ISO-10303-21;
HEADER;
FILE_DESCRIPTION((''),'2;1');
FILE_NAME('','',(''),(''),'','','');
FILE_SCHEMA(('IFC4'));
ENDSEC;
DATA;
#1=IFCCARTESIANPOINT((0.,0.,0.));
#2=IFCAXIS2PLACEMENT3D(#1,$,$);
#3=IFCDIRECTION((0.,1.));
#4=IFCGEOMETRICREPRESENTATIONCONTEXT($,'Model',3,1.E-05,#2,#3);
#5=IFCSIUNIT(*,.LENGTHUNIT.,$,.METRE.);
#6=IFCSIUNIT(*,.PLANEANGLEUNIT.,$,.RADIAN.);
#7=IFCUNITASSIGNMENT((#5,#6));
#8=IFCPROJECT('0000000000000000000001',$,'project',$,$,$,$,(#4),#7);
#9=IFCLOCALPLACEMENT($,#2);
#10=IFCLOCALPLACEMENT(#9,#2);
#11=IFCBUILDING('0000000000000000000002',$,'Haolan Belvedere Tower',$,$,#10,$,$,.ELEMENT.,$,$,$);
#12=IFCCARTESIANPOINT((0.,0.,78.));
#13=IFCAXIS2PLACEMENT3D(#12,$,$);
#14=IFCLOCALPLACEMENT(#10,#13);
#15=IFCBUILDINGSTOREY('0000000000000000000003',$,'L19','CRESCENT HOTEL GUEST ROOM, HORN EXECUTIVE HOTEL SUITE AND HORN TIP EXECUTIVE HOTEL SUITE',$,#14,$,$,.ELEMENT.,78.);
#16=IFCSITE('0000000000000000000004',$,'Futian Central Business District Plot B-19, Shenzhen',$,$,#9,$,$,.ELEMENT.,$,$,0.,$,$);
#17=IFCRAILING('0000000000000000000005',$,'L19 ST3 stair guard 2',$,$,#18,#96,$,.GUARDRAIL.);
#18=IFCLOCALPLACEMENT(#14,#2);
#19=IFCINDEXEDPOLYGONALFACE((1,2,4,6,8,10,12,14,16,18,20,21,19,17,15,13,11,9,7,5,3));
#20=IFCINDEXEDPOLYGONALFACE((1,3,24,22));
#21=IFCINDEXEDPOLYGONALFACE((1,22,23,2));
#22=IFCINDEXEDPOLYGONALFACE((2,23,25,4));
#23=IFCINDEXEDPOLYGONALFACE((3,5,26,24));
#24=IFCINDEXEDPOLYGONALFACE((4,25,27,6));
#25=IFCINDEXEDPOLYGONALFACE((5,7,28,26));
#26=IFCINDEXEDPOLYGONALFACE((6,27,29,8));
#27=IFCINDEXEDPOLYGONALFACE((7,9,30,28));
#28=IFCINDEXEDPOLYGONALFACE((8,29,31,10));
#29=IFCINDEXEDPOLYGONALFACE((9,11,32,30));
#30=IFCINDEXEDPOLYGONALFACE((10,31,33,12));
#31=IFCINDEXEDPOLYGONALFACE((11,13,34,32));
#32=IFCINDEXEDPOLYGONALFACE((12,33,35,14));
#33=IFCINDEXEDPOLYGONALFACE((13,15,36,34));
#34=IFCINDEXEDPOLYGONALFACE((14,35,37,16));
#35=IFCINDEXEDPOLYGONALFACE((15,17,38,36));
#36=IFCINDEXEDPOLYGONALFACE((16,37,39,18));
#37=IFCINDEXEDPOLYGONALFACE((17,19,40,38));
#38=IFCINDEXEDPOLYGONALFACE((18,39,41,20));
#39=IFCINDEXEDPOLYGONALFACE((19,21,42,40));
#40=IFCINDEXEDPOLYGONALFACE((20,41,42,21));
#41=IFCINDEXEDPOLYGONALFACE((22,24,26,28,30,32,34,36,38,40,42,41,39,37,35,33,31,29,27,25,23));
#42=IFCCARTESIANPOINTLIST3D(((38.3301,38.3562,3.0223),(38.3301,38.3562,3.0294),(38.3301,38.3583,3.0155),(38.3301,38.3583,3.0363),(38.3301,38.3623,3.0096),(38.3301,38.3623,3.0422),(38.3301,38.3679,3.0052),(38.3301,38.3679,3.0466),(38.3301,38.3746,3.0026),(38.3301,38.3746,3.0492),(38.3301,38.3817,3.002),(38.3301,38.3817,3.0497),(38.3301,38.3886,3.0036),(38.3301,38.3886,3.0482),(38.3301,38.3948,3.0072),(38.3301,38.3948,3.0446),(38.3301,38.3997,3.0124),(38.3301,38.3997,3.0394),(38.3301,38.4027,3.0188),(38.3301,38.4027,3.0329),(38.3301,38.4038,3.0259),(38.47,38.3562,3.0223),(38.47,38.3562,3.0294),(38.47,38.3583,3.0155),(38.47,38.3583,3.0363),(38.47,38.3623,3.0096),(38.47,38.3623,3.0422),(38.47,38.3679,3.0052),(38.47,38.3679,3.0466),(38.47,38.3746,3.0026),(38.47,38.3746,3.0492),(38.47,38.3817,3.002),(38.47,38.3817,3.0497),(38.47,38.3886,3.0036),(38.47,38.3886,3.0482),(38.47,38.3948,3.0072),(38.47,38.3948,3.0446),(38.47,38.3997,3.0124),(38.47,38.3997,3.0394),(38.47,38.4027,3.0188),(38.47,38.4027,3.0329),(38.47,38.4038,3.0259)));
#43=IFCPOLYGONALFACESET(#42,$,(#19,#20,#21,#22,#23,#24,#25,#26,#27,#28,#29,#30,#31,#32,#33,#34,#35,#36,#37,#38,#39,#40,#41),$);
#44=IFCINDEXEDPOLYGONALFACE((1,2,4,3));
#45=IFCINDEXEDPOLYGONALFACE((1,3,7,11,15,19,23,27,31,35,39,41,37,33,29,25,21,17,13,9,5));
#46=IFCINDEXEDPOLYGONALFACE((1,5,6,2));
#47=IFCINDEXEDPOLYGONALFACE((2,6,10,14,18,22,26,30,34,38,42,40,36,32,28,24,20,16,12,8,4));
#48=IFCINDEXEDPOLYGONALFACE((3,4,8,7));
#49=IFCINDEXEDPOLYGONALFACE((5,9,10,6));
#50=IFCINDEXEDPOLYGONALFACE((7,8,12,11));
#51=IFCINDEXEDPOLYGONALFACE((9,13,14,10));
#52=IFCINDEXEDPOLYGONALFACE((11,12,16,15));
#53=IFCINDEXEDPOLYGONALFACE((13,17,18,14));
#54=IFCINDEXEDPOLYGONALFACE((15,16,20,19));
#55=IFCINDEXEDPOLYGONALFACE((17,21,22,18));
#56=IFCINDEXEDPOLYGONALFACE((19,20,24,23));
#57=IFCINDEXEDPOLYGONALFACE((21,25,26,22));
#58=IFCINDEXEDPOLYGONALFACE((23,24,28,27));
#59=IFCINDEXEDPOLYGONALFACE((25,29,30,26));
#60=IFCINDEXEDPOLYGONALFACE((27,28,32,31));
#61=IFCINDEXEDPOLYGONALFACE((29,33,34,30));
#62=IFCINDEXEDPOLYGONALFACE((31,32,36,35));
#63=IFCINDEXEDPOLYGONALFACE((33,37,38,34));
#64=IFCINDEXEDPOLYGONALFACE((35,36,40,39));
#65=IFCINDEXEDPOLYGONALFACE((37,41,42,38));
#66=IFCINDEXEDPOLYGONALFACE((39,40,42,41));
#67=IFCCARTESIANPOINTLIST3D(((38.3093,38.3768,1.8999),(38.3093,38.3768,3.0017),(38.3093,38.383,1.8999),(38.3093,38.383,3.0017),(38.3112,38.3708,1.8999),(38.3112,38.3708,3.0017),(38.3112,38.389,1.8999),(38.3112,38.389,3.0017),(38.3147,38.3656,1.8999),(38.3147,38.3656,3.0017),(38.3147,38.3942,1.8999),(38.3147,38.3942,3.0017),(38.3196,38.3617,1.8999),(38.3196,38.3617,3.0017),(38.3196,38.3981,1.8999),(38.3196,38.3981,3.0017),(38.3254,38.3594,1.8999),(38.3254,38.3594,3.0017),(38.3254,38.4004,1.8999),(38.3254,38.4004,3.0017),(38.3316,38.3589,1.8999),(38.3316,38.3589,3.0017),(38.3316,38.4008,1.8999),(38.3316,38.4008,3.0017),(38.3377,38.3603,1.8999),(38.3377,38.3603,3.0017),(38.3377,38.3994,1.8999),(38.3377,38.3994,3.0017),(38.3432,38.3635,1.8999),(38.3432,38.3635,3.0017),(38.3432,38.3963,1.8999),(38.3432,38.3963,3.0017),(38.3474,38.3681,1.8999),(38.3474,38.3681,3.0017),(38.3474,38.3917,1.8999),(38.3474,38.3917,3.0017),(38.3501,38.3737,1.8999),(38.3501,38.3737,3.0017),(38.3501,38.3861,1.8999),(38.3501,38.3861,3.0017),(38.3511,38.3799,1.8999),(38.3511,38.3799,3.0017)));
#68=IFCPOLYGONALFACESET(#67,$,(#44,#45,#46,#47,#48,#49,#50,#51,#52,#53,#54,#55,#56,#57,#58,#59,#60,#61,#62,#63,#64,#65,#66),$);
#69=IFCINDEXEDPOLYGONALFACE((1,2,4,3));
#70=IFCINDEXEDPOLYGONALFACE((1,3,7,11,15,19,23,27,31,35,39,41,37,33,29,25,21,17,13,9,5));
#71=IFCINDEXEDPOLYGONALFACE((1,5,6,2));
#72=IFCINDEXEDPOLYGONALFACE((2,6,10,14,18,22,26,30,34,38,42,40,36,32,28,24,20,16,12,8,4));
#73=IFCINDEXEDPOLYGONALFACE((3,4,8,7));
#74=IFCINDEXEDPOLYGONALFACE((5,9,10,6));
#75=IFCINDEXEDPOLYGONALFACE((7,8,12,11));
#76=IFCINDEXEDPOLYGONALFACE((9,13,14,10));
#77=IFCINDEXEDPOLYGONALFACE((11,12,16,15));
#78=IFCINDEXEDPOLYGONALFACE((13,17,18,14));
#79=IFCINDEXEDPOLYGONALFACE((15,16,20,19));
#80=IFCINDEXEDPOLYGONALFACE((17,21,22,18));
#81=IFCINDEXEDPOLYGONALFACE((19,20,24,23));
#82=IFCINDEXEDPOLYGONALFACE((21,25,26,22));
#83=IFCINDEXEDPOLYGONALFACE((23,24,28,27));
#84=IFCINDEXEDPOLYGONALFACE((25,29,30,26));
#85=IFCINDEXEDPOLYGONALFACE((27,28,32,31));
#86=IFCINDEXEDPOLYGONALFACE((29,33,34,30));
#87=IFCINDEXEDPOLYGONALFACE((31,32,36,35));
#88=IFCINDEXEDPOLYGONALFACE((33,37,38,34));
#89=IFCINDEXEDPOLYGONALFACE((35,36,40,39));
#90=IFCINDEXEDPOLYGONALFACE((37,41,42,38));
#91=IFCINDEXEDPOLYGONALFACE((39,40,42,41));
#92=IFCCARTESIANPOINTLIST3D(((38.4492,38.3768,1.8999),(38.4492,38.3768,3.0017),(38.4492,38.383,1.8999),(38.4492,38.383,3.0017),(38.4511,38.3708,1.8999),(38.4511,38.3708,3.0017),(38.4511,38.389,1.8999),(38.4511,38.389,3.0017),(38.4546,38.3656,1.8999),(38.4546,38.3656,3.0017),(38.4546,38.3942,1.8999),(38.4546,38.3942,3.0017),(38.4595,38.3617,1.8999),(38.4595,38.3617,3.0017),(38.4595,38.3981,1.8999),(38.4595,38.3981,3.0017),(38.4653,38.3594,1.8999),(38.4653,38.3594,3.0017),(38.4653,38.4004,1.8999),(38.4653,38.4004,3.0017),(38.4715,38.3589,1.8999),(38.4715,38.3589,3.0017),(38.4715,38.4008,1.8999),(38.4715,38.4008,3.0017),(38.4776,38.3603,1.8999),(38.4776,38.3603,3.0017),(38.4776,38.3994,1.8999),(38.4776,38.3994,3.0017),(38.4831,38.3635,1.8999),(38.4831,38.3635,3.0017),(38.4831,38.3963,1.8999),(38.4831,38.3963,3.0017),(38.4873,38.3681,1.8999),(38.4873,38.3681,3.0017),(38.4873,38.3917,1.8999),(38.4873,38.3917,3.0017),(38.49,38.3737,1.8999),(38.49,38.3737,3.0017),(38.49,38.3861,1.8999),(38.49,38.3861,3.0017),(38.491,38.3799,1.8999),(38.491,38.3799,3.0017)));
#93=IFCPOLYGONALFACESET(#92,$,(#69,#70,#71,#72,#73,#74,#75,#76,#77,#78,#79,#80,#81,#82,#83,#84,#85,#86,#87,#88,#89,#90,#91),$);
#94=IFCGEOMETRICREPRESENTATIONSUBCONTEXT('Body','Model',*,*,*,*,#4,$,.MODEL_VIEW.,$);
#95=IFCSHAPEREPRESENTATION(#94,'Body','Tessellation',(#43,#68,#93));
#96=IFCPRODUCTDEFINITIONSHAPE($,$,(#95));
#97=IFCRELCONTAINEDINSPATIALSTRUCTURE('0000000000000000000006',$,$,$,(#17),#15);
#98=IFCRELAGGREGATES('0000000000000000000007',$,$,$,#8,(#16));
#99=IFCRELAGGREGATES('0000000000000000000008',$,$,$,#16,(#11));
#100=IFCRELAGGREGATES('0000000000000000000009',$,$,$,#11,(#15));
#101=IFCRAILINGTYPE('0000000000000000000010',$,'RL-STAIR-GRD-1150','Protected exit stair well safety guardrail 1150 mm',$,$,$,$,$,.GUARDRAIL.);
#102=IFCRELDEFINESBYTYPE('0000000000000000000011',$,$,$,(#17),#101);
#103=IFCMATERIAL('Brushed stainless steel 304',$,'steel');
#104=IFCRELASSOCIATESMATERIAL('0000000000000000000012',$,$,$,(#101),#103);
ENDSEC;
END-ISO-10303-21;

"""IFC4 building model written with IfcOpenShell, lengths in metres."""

from ifc_helpers import new_model, si_unit, direction, frame, origin, origin_2d, place, context, subcontext, project, spatial, circle, extrude, material, type_object, element, save


model = new_model("IFC4")

# Units and contexts
model_context = context("Model", 3, precision=1e-05, world=origin(), true_north=direction((0.0, 1.0)))
body_context = subcontext(model_context, "Body", "Model", "MODEL_VIEW")
ifc_project = project(units=[si_unit("LENGTHUNIT", "METRE"), si_unit("PLANEANGLEUNIT", "RADIAN")], contexts=[model_context])

# Site, building, storey
site_placement = place(None, origin())
site = spatial("IfcSite", under=ifc_project, at=site_placement, Name="Futian Central Business District Plot B-19, Shenzhen", CompositionType="ELEMENT", RefElevation=0.0)
building_placement = place(site_placement, origin())
building = spatial("IfcBuilding", under=site, at=building_placement, Name="Haolan Belvedere Tower", CompositionType="ELEMENT")
storey_placement = place(building_placement, frame((0.0, 0.0, 78.0)))
storey = spatial("IfcBuildingStorey", under=building, at=storey_placement, Name="L19", Description="CRESCENT HOTEL GUEST ROOM, HORN EXECUTIVE HOTEL SUITE AND HORN TIP EXECUTIVE HOTEL SUITE", CompositionType="ELEMENT", Elevation=78.0)

# Railing
ifc_material_1 = material(Name="Brushed stainless steel 304", Category="steel")
railing_type_1 = type_object("IfcRailingType", Name="RL-STAIR-GRD-1150", Description="Protected exit stair well safety guardrail 1150 mm", PredefinedType="GUARDRAIL", material=ifc_material_1)
railing_1_placement = place(storey_placement, frame((38.3301, 38.3799, 1.8999)))
element("IfcRailing", 1, at=railing_1_placement, inside=storey, type_object=railing_type_1, Name="L19 ST3 stair guard 2", PredefinedType="GUARDRAIL", context=body_context, shape_type="SweptSolid", body=[
    extrude(circle(Radius=0.0239, at=origin_2d()), frame((0.0, 0.0, 1.126), z_axis=(1.0, 0.0, 0.0), x_axis=(0.0, 1.0, 0.0)), (0.0, 0.0, 1.0), 0.1399),
    extrude(circle(Radius=0.021, at=origin_2d()), origin(), (0.0, 0.0, 1.0), 1.1018),
    extrude(circle(Radius=0.021, at=origin_2d()), frame((0.1399, 0.0, 0.0)), (0.0, 0.0, 1.0), 1.1018),
])

save(model, "model.ifc")
